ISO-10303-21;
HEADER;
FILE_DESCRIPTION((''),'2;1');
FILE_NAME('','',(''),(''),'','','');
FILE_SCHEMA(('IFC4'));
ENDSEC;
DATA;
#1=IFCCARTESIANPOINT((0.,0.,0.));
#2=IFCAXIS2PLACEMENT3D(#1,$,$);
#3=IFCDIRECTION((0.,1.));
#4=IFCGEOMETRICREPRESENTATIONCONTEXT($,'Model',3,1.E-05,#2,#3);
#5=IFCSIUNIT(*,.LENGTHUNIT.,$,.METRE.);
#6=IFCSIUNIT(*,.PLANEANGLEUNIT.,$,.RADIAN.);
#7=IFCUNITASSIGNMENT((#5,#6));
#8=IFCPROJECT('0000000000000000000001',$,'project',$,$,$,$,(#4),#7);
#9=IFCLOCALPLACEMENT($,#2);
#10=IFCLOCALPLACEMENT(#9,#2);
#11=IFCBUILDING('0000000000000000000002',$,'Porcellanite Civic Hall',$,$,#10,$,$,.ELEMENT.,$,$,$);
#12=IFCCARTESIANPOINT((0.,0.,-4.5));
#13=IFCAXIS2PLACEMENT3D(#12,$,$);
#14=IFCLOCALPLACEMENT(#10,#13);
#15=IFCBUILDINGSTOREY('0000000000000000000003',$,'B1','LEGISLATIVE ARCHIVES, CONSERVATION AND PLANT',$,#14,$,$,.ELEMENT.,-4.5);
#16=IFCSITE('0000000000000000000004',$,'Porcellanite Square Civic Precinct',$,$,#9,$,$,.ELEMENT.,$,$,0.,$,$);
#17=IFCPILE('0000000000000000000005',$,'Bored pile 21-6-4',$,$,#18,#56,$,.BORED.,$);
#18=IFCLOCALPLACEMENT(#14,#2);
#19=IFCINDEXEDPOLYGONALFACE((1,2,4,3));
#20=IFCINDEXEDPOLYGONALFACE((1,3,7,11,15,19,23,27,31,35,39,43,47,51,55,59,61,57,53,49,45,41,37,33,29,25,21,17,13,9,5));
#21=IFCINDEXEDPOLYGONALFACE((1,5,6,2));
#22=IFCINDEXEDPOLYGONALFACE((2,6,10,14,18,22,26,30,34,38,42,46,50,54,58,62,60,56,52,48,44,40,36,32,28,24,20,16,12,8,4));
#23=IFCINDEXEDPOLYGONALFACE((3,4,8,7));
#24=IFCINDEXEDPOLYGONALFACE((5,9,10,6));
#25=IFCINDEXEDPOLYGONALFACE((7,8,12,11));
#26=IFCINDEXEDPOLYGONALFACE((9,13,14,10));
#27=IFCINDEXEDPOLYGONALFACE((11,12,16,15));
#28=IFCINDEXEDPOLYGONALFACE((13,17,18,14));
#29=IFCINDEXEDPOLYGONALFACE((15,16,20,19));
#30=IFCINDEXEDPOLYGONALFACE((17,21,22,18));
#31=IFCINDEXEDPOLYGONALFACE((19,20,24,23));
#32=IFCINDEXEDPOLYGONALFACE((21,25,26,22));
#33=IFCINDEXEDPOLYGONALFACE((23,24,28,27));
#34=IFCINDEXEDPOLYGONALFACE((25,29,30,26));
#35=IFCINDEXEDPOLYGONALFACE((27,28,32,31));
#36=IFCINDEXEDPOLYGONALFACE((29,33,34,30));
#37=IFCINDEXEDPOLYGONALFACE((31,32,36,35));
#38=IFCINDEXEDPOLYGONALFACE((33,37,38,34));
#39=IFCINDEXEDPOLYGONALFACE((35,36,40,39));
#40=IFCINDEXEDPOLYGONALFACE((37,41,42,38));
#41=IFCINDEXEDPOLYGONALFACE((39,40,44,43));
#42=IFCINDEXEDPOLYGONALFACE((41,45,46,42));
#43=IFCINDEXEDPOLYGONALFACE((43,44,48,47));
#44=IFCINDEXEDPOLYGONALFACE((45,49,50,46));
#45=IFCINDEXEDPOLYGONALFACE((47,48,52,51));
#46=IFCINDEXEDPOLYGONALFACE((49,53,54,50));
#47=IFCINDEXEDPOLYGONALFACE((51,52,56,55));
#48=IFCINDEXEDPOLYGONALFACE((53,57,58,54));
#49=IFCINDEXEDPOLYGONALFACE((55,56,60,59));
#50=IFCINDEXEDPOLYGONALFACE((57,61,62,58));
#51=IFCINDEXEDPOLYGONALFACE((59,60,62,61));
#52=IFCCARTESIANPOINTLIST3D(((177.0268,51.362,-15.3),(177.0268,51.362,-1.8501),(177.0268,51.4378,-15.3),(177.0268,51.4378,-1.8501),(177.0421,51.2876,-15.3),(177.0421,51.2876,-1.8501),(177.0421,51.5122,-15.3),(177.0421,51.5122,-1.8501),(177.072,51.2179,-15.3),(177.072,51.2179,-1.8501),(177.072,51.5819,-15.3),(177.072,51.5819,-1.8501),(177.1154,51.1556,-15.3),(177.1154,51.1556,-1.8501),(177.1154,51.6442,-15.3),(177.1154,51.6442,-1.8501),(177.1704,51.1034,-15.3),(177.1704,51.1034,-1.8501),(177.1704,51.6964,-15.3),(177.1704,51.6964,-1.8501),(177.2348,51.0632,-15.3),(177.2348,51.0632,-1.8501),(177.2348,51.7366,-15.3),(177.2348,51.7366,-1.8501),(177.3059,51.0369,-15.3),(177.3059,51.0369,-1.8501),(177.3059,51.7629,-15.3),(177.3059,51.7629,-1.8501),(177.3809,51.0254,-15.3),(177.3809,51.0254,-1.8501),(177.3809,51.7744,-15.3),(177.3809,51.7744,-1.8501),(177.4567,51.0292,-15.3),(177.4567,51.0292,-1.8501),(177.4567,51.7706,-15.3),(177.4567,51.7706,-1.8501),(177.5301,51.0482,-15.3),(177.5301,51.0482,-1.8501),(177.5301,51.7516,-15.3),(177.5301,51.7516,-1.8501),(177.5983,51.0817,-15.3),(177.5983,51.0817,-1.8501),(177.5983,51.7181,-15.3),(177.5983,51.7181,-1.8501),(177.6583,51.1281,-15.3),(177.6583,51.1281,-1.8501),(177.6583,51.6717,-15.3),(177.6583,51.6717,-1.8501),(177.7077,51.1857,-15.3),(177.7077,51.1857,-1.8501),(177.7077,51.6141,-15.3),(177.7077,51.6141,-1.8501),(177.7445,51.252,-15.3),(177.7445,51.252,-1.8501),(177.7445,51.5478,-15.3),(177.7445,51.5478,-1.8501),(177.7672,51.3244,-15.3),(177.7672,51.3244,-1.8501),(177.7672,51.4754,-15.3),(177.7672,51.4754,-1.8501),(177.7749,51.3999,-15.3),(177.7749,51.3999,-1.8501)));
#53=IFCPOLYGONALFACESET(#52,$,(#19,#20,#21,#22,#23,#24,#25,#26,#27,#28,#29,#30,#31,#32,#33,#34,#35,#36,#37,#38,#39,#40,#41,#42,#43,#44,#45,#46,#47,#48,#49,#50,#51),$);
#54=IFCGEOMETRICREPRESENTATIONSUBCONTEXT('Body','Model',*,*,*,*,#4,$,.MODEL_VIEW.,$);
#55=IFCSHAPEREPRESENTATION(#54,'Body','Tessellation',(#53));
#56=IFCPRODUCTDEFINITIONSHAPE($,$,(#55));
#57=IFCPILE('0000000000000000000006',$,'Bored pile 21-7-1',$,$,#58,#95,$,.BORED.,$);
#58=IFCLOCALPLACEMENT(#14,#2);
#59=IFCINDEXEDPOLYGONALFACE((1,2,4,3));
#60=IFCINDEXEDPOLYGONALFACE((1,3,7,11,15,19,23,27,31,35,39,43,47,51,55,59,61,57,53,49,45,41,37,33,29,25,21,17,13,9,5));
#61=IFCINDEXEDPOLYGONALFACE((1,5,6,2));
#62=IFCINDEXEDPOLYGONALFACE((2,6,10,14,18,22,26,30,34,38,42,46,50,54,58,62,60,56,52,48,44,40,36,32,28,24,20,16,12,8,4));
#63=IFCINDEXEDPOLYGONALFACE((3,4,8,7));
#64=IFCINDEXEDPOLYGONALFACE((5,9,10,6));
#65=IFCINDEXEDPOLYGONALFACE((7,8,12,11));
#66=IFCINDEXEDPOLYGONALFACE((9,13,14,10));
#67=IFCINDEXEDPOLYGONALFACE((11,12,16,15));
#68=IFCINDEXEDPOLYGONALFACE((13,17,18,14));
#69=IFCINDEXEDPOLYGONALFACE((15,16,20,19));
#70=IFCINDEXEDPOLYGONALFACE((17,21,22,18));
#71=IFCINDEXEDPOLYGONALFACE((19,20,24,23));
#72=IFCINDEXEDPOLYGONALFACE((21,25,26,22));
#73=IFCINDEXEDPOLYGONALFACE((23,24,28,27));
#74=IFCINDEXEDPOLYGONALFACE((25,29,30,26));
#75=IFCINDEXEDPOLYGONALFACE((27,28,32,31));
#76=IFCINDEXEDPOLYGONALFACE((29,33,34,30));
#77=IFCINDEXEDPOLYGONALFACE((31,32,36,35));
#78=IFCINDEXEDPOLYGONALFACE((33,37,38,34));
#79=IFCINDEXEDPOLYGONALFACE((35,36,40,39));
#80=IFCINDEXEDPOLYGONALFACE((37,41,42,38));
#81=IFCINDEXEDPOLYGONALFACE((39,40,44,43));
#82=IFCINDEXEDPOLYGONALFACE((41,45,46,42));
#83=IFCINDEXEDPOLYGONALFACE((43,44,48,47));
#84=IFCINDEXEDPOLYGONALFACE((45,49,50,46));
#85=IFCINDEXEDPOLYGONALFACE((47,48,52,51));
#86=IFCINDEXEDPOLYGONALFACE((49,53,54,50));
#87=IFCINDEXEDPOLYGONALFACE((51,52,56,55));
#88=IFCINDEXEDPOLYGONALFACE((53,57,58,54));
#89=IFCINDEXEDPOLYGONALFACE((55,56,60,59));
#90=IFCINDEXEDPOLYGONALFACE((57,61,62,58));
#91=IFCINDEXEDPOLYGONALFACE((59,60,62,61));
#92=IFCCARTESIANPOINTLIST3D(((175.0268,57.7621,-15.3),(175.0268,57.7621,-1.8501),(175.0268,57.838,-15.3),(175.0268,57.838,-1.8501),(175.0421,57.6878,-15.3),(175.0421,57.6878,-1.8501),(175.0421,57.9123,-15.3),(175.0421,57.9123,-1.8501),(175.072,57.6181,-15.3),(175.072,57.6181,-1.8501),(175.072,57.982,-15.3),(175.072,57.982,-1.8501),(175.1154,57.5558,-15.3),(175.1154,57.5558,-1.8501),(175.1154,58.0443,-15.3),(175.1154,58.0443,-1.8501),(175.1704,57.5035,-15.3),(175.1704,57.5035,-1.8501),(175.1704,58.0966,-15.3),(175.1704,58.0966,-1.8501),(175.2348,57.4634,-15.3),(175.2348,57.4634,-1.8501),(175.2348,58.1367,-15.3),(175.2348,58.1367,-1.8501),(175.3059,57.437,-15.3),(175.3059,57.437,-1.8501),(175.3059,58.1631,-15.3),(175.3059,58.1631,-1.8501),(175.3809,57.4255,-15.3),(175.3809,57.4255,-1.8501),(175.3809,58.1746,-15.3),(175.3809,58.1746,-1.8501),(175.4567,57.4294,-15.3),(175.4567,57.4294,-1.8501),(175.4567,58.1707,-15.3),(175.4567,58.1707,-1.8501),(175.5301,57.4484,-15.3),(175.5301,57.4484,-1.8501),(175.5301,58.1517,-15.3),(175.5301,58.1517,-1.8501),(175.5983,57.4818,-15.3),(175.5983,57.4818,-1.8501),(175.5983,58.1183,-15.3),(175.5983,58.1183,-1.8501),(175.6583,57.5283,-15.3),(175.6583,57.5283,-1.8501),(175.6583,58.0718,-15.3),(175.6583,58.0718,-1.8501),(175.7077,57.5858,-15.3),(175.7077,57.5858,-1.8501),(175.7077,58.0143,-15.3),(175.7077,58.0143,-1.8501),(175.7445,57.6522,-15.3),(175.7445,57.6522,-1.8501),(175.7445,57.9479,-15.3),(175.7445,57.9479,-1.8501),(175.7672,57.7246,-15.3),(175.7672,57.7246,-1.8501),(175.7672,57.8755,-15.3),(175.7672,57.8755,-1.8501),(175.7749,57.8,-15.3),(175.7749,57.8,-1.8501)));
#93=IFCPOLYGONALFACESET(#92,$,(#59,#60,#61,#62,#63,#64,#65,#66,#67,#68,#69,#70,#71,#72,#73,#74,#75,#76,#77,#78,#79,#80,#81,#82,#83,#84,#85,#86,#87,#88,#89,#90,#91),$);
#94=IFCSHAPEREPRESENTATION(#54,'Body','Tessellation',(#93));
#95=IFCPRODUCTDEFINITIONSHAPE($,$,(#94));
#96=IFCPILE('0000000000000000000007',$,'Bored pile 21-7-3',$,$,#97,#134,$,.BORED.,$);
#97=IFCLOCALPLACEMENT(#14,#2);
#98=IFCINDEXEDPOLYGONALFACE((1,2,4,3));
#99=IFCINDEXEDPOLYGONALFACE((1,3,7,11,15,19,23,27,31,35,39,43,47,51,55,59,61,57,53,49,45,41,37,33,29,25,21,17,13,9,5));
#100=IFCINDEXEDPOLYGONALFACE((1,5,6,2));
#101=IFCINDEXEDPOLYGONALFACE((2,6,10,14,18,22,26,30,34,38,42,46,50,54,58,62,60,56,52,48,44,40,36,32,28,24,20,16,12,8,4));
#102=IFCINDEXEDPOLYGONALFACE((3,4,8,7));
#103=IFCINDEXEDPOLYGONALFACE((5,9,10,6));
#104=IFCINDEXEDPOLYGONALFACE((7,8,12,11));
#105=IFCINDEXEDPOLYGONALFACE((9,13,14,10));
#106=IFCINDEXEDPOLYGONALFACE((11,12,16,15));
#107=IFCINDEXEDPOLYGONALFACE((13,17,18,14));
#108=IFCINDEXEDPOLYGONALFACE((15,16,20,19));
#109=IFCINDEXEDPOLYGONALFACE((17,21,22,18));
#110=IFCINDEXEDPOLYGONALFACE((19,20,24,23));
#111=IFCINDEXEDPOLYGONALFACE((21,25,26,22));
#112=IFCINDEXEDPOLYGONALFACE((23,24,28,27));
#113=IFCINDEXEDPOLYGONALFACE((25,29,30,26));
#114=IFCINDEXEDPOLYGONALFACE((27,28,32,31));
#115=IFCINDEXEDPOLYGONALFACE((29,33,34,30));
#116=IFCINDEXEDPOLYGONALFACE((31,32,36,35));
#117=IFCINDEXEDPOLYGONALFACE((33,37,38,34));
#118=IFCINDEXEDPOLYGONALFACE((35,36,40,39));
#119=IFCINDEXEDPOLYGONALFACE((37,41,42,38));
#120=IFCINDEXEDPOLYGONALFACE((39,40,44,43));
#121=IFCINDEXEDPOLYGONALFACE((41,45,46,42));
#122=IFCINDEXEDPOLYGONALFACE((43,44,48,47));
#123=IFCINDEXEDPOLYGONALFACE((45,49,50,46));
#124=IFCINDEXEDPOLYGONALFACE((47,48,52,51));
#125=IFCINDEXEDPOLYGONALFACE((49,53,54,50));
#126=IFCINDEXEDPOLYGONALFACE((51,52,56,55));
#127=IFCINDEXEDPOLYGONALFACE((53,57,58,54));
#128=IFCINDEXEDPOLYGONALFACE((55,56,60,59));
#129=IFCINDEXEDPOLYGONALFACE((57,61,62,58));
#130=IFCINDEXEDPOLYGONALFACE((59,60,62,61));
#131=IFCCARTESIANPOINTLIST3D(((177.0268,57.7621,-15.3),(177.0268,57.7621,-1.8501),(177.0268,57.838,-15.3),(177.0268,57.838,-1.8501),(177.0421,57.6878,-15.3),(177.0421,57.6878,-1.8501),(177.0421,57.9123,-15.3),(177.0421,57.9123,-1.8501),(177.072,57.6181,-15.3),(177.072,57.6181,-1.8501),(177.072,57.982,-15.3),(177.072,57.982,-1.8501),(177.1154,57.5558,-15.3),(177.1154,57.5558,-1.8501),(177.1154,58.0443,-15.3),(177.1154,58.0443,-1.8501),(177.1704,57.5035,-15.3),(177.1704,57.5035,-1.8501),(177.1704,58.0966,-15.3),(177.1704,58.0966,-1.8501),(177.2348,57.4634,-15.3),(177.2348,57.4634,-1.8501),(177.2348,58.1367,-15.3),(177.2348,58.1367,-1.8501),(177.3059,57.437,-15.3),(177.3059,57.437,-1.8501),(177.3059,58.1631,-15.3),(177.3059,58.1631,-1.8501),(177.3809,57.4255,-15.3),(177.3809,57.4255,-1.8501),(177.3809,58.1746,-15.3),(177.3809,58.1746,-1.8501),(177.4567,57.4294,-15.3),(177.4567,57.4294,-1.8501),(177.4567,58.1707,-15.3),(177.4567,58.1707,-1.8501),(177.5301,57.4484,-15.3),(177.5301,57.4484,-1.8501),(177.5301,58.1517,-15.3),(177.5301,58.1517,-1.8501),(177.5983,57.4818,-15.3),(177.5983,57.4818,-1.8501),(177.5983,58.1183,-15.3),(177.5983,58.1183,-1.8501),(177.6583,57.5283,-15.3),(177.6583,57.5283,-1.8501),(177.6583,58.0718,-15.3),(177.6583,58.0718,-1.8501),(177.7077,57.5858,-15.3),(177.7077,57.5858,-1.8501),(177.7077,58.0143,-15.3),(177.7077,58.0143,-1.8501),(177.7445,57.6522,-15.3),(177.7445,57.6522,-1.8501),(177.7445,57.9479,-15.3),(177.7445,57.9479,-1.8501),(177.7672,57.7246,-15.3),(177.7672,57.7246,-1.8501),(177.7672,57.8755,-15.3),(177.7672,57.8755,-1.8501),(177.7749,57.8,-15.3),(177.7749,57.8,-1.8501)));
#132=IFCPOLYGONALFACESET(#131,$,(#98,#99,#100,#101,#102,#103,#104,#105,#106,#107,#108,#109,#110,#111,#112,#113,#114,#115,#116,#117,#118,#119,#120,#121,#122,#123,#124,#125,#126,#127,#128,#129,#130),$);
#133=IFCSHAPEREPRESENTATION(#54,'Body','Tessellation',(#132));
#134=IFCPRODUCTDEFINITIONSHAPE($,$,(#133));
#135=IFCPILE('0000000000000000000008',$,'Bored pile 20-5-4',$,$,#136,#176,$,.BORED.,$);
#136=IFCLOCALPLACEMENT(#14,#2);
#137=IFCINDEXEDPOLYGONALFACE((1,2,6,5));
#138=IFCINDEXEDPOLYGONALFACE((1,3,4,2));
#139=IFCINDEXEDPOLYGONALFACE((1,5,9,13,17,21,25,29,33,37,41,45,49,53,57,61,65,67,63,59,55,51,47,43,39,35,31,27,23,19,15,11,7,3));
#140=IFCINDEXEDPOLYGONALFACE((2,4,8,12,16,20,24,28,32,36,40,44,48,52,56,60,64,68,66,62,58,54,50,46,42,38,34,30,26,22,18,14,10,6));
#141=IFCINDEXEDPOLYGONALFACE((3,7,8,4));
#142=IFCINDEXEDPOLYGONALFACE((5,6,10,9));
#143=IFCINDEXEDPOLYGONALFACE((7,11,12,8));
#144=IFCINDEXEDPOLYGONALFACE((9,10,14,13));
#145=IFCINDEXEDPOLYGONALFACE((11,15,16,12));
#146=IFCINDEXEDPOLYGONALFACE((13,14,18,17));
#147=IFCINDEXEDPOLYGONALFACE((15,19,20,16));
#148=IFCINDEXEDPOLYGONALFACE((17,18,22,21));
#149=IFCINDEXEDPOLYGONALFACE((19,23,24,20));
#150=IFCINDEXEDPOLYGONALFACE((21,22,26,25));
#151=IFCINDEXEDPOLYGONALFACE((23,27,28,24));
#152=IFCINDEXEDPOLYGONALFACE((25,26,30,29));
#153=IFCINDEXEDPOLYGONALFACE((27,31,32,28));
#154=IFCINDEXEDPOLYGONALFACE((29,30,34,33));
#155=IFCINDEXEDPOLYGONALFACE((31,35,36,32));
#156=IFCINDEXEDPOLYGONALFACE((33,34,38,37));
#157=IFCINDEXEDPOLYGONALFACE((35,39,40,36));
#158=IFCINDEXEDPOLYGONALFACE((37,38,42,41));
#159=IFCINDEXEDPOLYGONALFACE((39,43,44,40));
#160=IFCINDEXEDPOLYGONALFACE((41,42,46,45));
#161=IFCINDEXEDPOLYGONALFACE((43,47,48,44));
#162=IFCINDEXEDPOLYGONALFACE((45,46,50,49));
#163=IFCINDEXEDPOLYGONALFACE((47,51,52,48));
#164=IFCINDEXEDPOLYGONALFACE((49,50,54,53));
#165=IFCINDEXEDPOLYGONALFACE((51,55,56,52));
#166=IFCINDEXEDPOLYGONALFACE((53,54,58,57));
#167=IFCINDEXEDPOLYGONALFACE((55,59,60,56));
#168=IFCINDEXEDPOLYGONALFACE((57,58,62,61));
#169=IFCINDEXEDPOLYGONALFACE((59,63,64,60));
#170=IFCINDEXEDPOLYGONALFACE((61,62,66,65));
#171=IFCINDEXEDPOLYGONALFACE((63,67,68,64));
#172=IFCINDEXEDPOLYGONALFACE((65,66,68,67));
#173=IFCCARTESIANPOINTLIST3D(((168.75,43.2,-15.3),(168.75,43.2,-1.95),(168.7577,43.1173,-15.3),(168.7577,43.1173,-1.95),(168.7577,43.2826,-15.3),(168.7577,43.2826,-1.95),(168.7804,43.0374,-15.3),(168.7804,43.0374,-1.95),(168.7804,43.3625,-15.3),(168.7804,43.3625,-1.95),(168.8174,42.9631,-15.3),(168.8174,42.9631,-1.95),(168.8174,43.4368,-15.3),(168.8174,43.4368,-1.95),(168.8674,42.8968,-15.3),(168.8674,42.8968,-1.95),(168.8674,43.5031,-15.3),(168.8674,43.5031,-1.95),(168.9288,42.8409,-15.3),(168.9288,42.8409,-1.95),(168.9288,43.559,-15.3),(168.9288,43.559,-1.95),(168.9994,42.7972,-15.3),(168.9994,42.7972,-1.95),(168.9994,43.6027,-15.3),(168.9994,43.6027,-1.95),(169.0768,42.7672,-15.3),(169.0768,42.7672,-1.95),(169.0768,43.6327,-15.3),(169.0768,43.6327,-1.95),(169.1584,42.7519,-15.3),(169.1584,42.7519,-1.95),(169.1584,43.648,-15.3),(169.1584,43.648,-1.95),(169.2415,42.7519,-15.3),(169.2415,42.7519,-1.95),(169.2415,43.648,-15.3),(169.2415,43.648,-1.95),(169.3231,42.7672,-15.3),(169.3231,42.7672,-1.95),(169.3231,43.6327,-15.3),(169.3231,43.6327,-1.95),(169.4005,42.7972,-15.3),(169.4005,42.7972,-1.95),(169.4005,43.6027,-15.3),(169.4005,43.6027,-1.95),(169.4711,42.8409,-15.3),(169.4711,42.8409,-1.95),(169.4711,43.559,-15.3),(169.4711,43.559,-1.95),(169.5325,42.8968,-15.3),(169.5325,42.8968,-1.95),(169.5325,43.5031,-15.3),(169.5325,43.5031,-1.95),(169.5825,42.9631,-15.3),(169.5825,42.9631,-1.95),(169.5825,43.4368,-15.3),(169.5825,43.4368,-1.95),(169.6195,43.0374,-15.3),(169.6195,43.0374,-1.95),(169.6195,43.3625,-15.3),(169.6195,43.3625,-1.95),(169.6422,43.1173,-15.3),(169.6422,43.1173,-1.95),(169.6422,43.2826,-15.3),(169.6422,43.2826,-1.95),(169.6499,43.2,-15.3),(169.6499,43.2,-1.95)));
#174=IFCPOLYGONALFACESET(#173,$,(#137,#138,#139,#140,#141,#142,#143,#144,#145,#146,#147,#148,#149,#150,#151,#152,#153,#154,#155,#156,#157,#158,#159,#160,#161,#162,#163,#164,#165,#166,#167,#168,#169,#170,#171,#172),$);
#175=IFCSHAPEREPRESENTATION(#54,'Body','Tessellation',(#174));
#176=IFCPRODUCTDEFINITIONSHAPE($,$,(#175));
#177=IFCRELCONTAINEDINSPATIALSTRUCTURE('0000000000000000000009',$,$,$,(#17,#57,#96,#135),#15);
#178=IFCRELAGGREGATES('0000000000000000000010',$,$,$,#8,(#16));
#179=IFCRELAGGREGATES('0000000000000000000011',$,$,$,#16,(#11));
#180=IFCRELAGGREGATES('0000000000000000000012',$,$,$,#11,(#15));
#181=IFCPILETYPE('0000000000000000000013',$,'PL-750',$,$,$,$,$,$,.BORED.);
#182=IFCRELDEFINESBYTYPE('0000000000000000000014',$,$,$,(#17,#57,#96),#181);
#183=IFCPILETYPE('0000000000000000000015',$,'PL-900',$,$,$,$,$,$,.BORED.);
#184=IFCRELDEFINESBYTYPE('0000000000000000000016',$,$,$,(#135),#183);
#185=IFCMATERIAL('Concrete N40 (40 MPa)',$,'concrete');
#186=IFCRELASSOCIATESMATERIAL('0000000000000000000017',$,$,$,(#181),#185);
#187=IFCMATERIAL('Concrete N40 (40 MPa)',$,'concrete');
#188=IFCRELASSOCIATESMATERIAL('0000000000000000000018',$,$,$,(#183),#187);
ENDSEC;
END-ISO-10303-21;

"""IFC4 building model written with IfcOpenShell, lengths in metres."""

from ifc_helpers import new_model, si_unit, direction, frame, origin, origin_2d, place, context, subcontext, project, spatial, circle, extrude, material, material_profile, profile_set, type_object, element, save


model = new_model("IFC4")

# Units and contexts
model_context = context("Model", 3, precision=1e-05, world=origin(), true_north=direction((0.0, 1.0)))
body_context = subcontext(model_context, "Body", "Model", "MODEL_VIEW")
ifc_project = project(units=[si_unit("LENGTHUNIT", "METRE"), si_unit("PLANEANGLEUNIT", "RADIAN")], contexts=[model_context])

# Site, building, storey
site_placement = place(None, origin())
site = spatial("IfcSite", under=ifc_project, at=site_placement, Name="Porcellanite Square Civic Precinct", CompositionType="ELEMENT", RefElevation=0.0)
building_placement = place(site_placement, origin())
building = spatial("IfcBuilding", under=site, at=building_placement, Name="Porcellanite Civic Hall", CompositionType="ELEMENT")
storey_placement = place(building_placement, frame((0.0, 0.0, -4.5)))
storey = spatial("IfcBuildingStorey", under=building, at=storey_placement, Name="B1", Description="LEGISLATIVE ARCHIVES, CONSERVATION AND PLANT", CompositionType="ELEMENT", Elevation=-4.5)

# Piles
ifc_material_1 = material(Name="Concrete N40 (40 MPa)", Category="concrete")
ifc_material_profile_1 = material_profile(ifc_material_1, circle(Radius=0.375, at=origin_2d()), Name="PILE-D750")
ifc_profile_set_1 = profile_set([ifc_material_profile_1], Name="Concrete N40 (40 MPa)")
pile_type_1 = type_object("IfcPileType", Name="PL-750", PredefinedType="BORED", material=ifc_profile_set_1)
for number, where, z_axis, x_axis, name in (
    (1, (177.3999, 51.3999, -1.8501), (0.0, 0.0, -1.0), (1.0, 0.0, 0.0), "Bored pile 21-6-4"),
    (2, (175.3999, 57.8, -1.8501), (0.0, 0.0, -1.0), (1.0, 0.0, 0.0), "Bored pile 21-7-1"),
    (3, (177.3999, 57.8, -1.8501), (0.0, 0.0, -1.0), (1.0, 0.0, 0.0), "Bored pile 21-7-3"),
):
    element("IfcPile", number, at=place(storey_placement, frame(where, z_axis=z_axis, x_axis=x_axis)), inside=storey, type_object=pile_type_1, Name=name, PredefinedType="BORED", context=body_context, shape_type="SweptSolid", body=[
        extrude(circle(Radius=0.375, at=origin_2d()), origin(), (0.0, 0.0, 1.0), 13.45),
    ])
ifc_material_2 = material(Name="Concrete N40 (40 MPa)", Category="concrete")
ifc_material_profile_2 = material_profile(ifc_material_2, circle(Radius=0.45, at=origin_2d()), Name="PILE-D900")
ifc_profile_set_2 = profile_set([ifc_material_profile_2], Name="Concrete N40 (40 MPa)")
pile_type_2 = type_object("IfcPileType", Name="PL-900", PredefinedType="BORED", material=ifc_profile_set_2)
for number, where, z_axis, x_axis, name in (
    (4, (169.2, 43.2, -1.95), (0.0, 0.0, -1.0), (1.0, 0.0, 0.0), "Bored pile 20-5-4"),
):
    element("IfcPile", number, at=place(storey_placement, frame(where, z_axis=z_axis, x_axis=x_axis)), inside=storey, type_object=pile_type_2, Name=name, PredefinedType="BORED", context=body_context, shape_type="SweptSolid", body=[
        extrude(circle(Radius=0.45, at=origin_2d()), origin(), (0.0, 0.0, 1.0), 13.3501),
    ])

save(model, "model.ifc")
